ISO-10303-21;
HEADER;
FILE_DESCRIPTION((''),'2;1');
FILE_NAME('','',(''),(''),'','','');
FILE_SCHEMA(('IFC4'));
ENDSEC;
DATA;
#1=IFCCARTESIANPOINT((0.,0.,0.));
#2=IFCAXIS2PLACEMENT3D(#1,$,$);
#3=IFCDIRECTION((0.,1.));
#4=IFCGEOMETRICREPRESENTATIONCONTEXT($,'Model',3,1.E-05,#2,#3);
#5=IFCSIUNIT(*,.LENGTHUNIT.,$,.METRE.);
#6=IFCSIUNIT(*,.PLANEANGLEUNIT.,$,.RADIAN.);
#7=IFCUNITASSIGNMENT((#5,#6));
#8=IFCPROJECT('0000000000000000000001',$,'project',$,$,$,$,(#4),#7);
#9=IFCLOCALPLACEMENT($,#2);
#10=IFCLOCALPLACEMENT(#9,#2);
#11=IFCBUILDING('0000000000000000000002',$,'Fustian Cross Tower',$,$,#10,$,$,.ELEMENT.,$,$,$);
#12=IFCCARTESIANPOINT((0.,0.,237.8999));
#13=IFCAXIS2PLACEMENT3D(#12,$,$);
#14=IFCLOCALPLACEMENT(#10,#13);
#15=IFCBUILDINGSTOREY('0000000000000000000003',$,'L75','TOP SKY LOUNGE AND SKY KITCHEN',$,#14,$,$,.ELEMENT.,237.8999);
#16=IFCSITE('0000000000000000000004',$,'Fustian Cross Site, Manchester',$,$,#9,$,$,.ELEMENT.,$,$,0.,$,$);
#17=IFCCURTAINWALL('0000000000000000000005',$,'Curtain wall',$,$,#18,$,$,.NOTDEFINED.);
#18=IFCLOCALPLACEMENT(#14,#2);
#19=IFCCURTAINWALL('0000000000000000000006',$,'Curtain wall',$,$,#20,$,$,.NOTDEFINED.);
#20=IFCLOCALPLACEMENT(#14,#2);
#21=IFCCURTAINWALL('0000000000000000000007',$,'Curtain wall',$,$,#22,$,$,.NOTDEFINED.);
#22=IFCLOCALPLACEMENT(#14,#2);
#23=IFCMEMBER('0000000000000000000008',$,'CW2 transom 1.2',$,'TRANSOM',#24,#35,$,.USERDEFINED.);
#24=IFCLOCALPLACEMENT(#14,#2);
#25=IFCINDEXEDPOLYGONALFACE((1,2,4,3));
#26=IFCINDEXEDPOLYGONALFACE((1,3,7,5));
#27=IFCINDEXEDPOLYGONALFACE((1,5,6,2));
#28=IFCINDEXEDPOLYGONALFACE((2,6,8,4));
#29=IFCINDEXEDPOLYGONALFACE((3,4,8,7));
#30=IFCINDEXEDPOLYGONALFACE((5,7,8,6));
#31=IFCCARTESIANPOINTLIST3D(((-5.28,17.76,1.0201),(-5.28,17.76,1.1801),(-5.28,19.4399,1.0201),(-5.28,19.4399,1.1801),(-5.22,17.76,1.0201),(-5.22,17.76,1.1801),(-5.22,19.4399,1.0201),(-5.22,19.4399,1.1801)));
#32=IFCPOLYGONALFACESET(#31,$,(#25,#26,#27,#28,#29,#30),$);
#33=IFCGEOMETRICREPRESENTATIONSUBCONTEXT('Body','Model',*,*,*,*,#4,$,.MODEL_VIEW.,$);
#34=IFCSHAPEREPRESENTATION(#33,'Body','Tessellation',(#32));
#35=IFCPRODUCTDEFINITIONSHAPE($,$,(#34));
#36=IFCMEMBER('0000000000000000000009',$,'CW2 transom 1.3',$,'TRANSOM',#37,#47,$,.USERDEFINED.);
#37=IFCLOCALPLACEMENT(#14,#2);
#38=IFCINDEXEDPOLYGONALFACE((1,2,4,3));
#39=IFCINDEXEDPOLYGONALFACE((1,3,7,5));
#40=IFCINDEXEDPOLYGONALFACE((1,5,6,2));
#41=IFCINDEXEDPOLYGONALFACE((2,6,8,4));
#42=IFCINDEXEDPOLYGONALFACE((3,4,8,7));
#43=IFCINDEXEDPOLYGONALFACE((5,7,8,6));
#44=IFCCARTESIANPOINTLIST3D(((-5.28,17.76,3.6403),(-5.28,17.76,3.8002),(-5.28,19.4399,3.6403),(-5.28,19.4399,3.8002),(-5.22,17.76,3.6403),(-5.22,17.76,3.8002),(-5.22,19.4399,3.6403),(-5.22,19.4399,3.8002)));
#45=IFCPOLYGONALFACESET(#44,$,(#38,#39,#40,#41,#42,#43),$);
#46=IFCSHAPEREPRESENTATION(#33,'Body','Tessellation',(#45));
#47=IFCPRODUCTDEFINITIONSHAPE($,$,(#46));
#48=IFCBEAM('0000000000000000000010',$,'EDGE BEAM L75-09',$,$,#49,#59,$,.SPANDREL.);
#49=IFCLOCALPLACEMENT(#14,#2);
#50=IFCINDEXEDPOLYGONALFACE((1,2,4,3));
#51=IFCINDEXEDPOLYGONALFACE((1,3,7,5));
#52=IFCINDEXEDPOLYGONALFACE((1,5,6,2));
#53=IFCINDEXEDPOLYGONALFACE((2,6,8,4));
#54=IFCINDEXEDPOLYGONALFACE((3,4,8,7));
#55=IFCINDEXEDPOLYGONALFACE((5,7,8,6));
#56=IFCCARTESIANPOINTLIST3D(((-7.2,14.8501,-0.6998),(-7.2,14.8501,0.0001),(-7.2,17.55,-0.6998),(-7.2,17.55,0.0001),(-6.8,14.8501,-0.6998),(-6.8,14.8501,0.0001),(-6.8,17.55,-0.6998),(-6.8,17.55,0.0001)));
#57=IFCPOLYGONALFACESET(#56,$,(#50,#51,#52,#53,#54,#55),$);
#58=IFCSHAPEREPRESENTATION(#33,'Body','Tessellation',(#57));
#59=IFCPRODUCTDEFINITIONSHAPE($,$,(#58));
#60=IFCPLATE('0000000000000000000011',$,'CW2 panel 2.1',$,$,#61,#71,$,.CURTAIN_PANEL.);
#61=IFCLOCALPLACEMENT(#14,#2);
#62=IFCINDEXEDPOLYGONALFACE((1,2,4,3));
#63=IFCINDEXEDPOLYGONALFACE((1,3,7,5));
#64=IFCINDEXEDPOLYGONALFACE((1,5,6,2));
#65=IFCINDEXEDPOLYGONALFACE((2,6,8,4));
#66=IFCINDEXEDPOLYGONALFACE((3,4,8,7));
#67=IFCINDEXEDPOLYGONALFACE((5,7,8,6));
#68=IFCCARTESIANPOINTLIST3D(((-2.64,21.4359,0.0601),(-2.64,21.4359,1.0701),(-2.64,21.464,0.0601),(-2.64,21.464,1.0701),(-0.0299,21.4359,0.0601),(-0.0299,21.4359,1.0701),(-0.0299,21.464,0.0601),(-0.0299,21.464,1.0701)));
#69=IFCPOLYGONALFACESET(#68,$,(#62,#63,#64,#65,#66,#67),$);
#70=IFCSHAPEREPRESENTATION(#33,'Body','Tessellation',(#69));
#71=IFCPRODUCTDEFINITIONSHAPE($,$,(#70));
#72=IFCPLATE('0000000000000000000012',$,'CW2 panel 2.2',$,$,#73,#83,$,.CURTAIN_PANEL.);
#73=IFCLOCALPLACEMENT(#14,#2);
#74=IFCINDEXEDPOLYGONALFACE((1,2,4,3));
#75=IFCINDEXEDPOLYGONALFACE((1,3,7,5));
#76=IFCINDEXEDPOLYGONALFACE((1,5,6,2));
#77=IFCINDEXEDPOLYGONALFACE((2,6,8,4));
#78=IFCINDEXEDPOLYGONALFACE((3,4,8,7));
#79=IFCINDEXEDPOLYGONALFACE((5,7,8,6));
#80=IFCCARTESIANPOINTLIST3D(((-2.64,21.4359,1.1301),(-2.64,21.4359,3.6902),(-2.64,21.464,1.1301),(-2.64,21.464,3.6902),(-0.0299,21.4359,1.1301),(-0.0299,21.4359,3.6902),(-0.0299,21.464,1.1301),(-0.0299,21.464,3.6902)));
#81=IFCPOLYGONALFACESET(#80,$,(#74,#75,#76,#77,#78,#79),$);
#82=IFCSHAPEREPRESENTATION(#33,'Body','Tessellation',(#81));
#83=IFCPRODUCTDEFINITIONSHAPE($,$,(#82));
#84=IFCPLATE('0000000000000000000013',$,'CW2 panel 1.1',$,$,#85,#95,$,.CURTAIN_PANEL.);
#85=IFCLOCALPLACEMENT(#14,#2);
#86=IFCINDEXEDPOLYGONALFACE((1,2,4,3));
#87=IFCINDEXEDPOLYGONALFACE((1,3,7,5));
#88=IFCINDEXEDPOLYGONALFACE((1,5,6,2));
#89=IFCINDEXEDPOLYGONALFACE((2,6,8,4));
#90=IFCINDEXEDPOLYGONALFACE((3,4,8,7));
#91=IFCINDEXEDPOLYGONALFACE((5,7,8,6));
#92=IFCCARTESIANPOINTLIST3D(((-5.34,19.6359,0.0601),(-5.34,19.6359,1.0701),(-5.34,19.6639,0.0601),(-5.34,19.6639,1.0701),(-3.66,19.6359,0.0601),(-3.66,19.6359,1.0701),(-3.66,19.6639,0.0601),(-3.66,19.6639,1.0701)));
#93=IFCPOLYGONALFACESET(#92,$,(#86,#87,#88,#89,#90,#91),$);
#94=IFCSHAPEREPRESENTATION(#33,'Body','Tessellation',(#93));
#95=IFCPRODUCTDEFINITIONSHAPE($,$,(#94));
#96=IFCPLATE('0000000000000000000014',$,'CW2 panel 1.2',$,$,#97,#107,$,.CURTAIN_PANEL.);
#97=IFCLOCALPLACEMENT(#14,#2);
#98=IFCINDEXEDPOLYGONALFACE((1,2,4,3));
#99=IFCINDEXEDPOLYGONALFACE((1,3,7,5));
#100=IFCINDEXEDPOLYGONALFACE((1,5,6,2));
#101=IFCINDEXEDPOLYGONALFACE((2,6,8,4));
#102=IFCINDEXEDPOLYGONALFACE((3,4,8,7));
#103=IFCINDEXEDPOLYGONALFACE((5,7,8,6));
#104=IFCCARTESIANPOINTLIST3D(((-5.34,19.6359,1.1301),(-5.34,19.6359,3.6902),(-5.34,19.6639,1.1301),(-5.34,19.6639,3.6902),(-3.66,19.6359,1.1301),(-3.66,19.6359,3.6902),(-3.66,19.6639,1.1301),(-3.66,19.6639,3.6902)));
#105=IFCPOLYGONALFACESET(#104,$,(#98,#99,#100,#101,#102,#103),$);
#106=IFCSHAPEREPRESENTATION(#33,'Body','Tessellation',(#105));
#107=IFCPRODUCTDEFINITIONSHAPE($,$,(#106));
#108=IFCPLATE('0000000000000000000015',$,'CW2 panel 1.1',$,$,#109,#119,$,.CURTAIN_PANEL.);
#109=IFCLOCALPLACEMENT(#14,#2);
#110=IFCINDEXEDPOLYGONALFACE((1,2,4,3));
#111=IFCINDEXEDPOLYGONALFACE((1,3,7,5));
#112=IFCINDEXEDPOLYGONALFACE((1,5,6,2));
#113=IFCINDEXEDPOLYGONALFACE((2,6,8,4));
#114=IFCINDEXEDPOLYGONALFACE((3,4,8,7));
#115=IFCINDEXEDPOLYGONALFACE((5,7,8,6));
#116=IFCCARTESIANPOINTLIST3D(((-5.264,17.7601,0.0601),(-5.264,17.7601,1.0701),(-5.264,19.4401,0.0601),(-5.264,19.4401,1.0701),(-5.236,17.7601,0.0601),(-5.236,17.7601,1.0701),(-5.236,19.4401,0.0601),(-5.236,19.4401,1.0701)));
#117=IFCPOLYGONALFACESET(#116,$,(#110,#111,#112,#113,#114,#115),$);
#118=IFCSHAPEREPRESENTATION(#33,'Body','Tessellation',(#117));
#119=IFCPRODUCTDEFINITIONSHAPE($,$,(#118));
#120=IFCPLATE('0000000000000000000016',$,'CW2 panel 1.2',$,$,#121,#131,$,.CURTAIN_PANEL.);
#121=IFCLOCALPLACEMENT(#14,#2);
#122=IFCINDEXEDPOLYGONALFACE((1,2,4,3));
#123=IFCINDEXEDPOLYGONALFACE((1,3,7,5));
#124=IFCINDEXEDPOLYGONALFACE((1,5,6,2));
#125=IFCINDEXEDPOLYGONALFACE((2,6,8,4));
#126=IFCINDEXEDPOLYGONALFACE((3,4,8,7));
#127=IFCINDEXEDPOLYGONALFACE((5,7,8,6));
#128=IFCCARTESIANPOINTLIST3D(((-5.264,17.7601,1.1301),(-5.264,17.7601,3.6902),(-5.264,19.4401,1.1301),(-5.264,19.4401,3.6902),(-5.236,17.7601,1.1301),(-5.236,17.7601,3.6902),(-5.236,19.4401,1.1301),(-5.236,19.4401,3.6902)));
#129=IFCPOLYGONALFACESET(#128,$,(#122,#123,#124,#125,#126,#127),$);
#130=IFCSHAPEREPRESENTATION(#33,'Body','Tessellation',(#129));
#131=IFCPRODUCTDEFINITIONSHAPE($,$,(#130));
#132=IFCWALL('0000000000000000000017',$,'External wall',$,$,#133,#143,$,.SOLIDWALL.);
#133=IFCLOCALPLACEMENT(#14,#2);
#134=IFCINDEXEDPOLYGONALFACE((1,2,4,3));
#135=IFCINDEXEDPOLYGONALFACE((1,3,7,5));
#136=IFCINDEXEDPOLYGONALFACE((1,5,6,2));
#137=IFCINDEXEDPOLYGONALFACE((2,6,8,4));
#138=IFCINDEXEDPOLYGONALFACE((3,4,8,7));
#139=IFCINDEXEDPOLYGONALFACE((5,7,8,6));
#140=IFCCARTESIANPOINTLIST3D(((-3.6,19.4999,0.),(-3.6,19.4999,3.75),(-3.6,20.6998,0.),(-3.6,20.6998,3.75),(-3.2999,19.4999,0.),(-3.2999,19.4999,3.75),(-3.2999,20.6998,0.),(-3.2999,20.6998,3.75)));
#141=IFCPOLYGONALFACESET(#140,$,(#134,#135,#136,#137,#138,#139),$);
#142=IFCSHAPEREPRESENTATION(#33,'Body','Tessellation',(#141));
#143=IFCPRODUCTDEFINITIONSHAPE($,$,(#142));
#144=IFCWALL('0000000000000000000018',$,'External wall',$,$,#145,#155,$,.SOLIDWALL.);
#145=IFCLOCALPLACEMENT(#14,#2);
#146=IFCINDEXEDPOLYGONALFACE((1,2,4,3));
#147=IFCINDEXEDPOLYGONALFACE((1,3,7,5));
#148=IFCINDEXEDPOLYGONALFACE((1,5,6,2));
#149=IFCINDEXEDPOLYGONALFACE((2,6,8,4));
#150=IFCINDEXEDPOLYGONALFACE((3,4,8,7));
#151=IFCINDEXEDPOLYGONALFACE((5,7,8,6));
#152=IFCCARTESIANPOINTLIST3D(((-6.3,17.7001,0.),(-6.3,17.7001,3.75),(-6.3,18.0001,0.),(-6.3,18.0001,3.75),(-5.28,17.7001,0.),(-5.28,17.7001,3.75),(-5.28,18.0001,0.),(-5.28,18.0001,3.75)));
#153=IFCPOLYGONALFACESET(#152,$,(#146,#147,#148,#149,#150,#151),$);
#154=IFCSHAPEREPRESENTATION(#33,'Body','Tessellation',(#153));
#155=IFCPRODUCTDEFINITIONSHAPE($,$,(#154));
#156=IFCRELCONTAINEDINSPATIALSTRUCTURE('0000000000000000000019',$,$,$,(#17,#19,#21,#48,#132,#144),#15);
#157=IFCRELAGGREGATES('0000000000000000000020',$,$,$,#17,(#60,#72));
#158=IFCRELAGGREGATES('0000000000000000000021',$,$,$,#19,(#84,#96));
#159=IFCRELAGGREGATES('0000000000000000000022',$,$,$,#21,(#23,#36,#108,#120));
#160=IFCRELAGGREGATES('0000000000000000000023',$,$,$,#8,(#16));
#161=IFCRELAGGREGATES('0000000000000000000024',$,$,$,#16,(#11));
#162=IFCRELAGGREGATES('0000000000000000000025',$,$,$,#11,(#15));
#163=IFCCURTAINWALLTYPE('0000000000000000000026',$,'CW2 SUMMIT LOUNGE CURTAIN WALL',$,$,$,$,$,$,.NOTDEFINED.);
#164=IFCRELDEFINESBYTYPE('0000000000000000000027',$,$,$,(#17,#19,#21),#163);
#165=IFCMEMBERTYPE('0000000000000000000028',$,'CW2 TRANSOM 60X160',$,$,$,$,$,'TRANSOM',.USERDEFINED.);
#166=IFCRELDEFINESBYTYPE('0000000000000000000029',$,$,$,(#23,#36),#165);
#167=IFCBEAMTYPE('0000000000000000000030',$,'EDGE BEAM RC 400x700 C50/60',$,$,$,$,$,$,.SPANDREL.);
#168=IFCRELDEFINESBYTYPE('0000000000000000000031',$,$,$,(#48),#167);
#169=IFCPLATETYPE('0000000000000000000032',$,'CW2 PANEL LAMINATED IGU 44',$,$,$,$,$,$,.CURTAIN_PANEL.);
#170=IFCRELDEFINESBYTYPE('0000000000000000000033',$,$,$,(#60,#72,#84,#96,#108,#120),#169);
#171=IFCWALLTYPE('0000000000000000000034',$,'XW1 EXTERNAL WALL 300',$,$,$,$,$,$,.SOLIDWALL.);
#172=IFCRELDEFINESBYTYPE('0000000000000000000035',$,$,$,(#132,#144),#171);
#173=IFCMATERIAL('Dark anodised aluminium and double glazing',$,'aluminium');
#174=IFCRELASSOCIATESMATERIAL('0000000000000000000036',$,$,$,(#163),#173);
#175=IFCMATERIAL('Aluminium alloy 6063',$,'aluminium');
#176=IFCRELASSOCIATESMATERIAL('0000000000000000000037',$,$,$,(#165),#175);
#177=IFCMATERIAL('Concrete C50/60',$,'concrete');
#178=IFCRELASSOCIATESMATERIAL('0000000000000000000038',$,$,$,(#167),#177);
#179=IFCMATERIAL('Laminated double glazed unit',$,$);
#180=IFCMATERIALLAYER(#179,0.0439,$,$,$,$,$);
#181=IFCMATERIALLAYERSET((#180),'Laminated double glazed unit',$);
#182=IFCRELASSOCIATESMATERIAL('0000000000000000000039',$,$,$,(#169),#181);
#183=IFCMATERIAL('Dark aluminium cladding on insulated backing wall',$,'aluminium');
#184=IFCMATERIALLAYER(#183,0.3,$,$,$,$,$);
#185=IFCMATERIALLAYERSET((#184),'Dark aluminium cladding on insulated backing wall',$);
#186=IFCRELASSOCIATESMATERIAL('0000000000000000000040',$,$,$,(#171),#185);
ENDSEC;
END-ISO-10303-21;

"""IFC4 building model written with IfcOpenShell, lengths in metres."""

from ifc_helpers import new_model, si_unit, direction, frame, frame_2d, origin, origin_2d, place, context, subcontext, project, spatial, rectangle, extrude, material, layer, layer_set, material_profile, profile_set, type_object, element, aggregate, save


model = new_model("IFC4")

# Units and contexts
model_context = context("Model", 3, precision=1e-05, world=origin(), true_north=direction((0.0, 1.0)))
body_context = subcontext(model_context, "Body", "Model", "MODEL_VIEW")
ifc_project = project(units=[si_unit("LENGTHUNIT", "METRE"), si_unit("PLANEANGLEUNIT", "RADIAN")], contexts=[model_context])

# Site, building, storey
site_placement = place(None, origin())
site = spatial("IfcSite", under=ifc_project, at=site_placement, Name="Fustian Cross Site, Manchester", CompositionType="ELEMENT", RefElevation=0.0)
building_placement = place(site_placement, origin())
building = spatial("IfcBuilding", under=site, at=building_placement, Name="Fustian Cross Tower", CompositionType="ELEMENT")
storey_placement = place(building_placement, frame((0.0, 0.0, 237.8999)))
storey = spatial("IfcBuildingStorey", under=building, at=storey_placement, Name="L75", Description="TOP SKY LOUNGE AND SKY KITCHEN", CompositionType="ELEMENT", Elevation=237.8999)

# Curtain walls
ifc_material_1 = material(Name="Dark anodised aluminium and double glazing", Category="aluminium")
curtain_wall_type = type_object("IfcCurtainWallType", Name="CW2 SUMMIT LOUNGE CURTAIN WALL", PredefinedType="NOTDEFINED", material=ifc_material_1)
curtain_wall_1_placement = place(storey_placement, origin())
curtain_wall_1 = element("IfcCurtainWall", 1, at=curtain_wall_1_placement, inside=storey, type_object=curtain_wall_type, Name="Curtain wall", PredefinedType="NOTDEFINED")
curtain_wall_2_placement = place(storey_placement, origin())
curtain_wall_2 = element("IfcCurtainWall", 2, at=curtain_wall_2_placement, inside=storey, type_object=curtain_wall_type, Name="Curtain wall", PredefinedType="NOTDEFINED")
curtain_wall_3_placement = place(storey_placement, origin())
curtain_wall_3 = element("IfcCurtainWall", 3, at=curtain_wall_3_placement, inside=storey, type_object=curtain_wall_type, Name="Curtain wall", PredefinedType="NOTDEFINED")

# Members
ifc_material_2 = material(Name="Aluminium alloy 6063", Category="aluminium")
ifc_material_profile_1 = material_profile(ifc_material_2, rectangle(XDim=0.0601, YDim=0.1599, at=origin_2d()), Name="CW2 TRANSOM 60X160")
ifc_profile_set_1 = profile_set([ifc_material_profile_1], Name="Aluminium alloy 6063")
member_type_1 = type_object("IfcMemberType", Name="CW2 TRANSOM 60X160", ElementType="TRANSOM", PredefinedType="USERDEFINED", material=ifc_profile_set_1)
member_1_placement = place(storey_placement, frame((-5.25, 19.4399, 1.1001), z_axis=(0.0, -1.0, 0.0), x_axis=(1.0, 0.0, 0.0)))
member_1 = element("IfcMember", 4, at=member_1_placement, type_object=member_type_1, Name="CW2 transom 1.2", ObjectType="TRANSOM", PredefinedType="USERDEFINED", context=body_context, shape_type="SweptSolid", body=[
    extrude(rectangle(XDim=0.0601, YDim=0.1599, at=origin_2d()), origin(), (0.0, 0.0, 1.0), 1.6799),
])
member_2_placement = place(storey_placement, frame((-5.25, 19.4399, 3.7202), z_axis=(0.0, -1.0, 0.0), x_axis=(1.0, 0.0, 0.0)))
member_2 = element("IfcMember", 5, at=member_2_placement, type_object=member_type_1, Name="CW2 transom 1.3", ObjectType="TRANSOM", PredefinedType="USERDEFINED", context=body_context, shape_type="SweptSolid", body=[
    extrude(rectangle(XDim=0.0601, YDim=0.1599, at=origin_2d()), origin(), (0.0, 0.0, 1.0), 1.6799),
])

# Beam
ifc_material_3 = material(Name="Concrete C50/60", Category="concrete")
ifc_material_profile_2 = material_profile(ifc_material_3, rectangle(XDim=0.3999, YDim=0.7, at=origin_2d()), Name="RC 400x700")
ifc_profile_set_2 = profile_set([ifc_material_profile_2], Name="Concrete C50/60")
beam_type = type_object("IfcBeamType", Name="EDGE BEAM RC 400x700 C50/60", PredefinedType="SPANDREL", material=ifc_profile_set_2)
beam_placement = place(storey_placement, frame((-7.0, 17.55, -0.3499), z_axis=(0.0, -1.0, 0.0), x_axis=(1.0, 0.0, 0.0)))
element("IfcBeam", 6, at=beam_placement, inside=storey, type_object=beam_type, Name="EDGE BEAM L75-09", PredefinedType="SPANDREL", context=body_context, shape_type="SweptSolid", body=[
    extrude(rectangle(XDim=0.3999, YDim=0.7, at=origin_2d()), origin(), (0.0, 0.0, 1.0), 2.7),
])

# Plates
ifc_material_4 = material(Name="Laminated double glazed unit")
ifc_layer_1 = layer(ifc_material_4, 0.0439)
ifc_layer_set_1 = layer_set([ifc_layer_1], Name="Laminated double glazed unit")
plate_type = type_object("IfcPlateType", Name="CW2 PANEL LAMINATED IGU 44", PredefinedType="CURTAIN_PANEL", material=ifc_layer_set_1)
plate_1_placement = place(storey_placement, frame((-1.335, 21.45, 0.0601), z_axis=(0.0, 0.0, 1.0), x_axis=(-1.0, 0.0, 0.0)))
plate_1 = element("IfcPlate", 7, at=plate_1_placement, type_object=plate_type, Name="CW2 panel 2.1", PredefinedType="CURTAIN_PANEL", context=body_context, shape_type="SweptSolid", body=[
    extrude(rectangle(XDim=2.6101, YDim=0.0281, at=origin_2d()), origin(), (0.0, 0.0, 1.0), 1.01),
])
plate_2_placement = place(storey_placement, frame((-1.335, 21.45, 1.1301), z_axis=(0.0, 0.0, 1.0), x_axis=(-1.0, 0.0, 0.0)))
plate_2 = element("IfcPlate", 8, at=plate_2_placement, type_object=plate_type, Name="CW2 panel 2.2", PredefinedType="CURTAIN_PANEL", context=body_context, shape_type="SweptSolid", body=[
    extrude(rectangle(XDim=2.6101, YDim=0.0281, at=origin_2d()), origin(), (0.0, 0.0, 1.0), 2.5601),
])
aggregate(curtain_wall_1, [plate_1, plate_2])
plate_3_placement = place(storey_placement, frame((-4.5, 19.6499, 0.0601), z_axis=(0.0, 0.0, 1.0), x_axis=(-1.0, 0.0, 0.0)))
plate_3 = element("IfcPlate", 9, at=plate_3_placement, type_object=plate_type, Name="CW2 panel 1.1", PredefinedType="CURTAIN_PANEL", context=body_context, shape_type="SweptSolid", body=[
    extrude(rectangle(XDim=1.6799, YDim=0.0281, at=origin_2d()), origin(), (0.0, 0.0, 1.0), 1.01),
])
plate_4_placement = place(storey_placement, frame((-4.5, 19.6499, 1.1301), z_axis=(0.0, 0.0, 1.0), x_axis=(-1.0, 0.0, 0.0)))
plate_4 = element("IfcPlate", 10, at=plate_4_placement, type_object=plate_type, Name="CW2 panel 1.2", PredefinedType="CURTAIN_PANEL", context=body_context, shape_type="SweptSolid", body=[
    extrude(rectangle(XDim=1.6799, YDim=0.0281, at=origin_2d()), origin(), (0.0, 0.0, 1.0), 2.5601),
])
aggregate(curtain_wall_2, [plate_3, plate_4])
plate_5_placement = place(storey_placement, frame((-5.25, 18.6001, 0.0601), z_axis=(0.0, 0.0, 1.0), x_axis=(0.0, -1.0, 0.0)))
plate_5 = element("IfcPlate", 11, at=plate_5_placement, type_object=plate_type, Name="CW2 panel 1.1", PredefinedType="CURTAIN_PANEL", context=body_context, shape_type="SweptSolid", body=[
    extrude(rectangle(XDim=1.6799, YDim=0.0281, at=origin_2d()), origin(), (0.0, 0.0, 1.0), 1.01),
])
plate_6_placement = place(storey_placement, frame((-5.25, 18.6001, 1.1301), z_axis=(0.0, 0.0, 1.0), x_axis=(0.0, -1.0, 0.0)))
plate_6 = element("IfcPlate", 12, at=plate_6_placement, type_object=plate_type, Name="CW2 panel 1.2", PredefinedType="CURTAIN_PANEL", context=body_context, shape_type="SweptSolid", body=[
    extrude(rectangle(XDim=1.6799, YDim=0.0281, at=origin_2d()), origin(), (0.0, 0.0, 1.0), 2.5601),
])
aggregate(curtain_wall_3, [member_1, member_2, plate_5, plate_6])

# Walls
ifc_material_5 = material(Name="Dark aluminium cladding on insulated backing wall", Category="aluminium")
ifc_layer_2 = layer(ifc_material_5, 0.3)
ifc_layer_set_2 = layer_set([ifc_layer_2], Name="Dark aluminium cladding on insulated backing wall")
wall_type = type_object("IfcWallType", Name="XW1 EXTERNAL WALL 300", PredefinedType="SOLIDWALL", material=ifc_layer_set_2)
wall_1_placement = place(storey_placement, frame((-3.45, 20.7, 0.0), z_axis=(0.0, 0.0, 1.0), x_axis=(0.0, -1.0, 0.0)))
element("IfcWall", 13, at=wall_1_placement, inside=storey, type_object=wall_type, Name="External wall", PredefinedType="SOLIDWALL", context=body_context, shape_type="SweptSolid", body=[
    extrude(rectangle(XDim=1.2, YDim=0.3, at=frame_2d((0.6001, 0.0))), origin(), (0.0, 0.0, 1.0), 3.75),
])
wall_2_placement = place(storey_placement, frame((-5.28, 17.8501, 0.0), z_axis=(0.0, 0.0, 1.0), x_axis=(-1.0, 0.0, 0.0)))
element("IfcWall", 14, at=wall_2_placement, inside=storey, type_object=wall_type, Name="External wall", PredefinedType="SOLIDWALL", context=body_context, shape_type="SweptSolid", body=[
    extrude(rectangle(XDim=1.02, YDim=0.3, at=frame_2d((0.51, 0.0))), origin(), (0.0, 0.0, 1.0), 3.75),
])

save(model, "model.ifc")
